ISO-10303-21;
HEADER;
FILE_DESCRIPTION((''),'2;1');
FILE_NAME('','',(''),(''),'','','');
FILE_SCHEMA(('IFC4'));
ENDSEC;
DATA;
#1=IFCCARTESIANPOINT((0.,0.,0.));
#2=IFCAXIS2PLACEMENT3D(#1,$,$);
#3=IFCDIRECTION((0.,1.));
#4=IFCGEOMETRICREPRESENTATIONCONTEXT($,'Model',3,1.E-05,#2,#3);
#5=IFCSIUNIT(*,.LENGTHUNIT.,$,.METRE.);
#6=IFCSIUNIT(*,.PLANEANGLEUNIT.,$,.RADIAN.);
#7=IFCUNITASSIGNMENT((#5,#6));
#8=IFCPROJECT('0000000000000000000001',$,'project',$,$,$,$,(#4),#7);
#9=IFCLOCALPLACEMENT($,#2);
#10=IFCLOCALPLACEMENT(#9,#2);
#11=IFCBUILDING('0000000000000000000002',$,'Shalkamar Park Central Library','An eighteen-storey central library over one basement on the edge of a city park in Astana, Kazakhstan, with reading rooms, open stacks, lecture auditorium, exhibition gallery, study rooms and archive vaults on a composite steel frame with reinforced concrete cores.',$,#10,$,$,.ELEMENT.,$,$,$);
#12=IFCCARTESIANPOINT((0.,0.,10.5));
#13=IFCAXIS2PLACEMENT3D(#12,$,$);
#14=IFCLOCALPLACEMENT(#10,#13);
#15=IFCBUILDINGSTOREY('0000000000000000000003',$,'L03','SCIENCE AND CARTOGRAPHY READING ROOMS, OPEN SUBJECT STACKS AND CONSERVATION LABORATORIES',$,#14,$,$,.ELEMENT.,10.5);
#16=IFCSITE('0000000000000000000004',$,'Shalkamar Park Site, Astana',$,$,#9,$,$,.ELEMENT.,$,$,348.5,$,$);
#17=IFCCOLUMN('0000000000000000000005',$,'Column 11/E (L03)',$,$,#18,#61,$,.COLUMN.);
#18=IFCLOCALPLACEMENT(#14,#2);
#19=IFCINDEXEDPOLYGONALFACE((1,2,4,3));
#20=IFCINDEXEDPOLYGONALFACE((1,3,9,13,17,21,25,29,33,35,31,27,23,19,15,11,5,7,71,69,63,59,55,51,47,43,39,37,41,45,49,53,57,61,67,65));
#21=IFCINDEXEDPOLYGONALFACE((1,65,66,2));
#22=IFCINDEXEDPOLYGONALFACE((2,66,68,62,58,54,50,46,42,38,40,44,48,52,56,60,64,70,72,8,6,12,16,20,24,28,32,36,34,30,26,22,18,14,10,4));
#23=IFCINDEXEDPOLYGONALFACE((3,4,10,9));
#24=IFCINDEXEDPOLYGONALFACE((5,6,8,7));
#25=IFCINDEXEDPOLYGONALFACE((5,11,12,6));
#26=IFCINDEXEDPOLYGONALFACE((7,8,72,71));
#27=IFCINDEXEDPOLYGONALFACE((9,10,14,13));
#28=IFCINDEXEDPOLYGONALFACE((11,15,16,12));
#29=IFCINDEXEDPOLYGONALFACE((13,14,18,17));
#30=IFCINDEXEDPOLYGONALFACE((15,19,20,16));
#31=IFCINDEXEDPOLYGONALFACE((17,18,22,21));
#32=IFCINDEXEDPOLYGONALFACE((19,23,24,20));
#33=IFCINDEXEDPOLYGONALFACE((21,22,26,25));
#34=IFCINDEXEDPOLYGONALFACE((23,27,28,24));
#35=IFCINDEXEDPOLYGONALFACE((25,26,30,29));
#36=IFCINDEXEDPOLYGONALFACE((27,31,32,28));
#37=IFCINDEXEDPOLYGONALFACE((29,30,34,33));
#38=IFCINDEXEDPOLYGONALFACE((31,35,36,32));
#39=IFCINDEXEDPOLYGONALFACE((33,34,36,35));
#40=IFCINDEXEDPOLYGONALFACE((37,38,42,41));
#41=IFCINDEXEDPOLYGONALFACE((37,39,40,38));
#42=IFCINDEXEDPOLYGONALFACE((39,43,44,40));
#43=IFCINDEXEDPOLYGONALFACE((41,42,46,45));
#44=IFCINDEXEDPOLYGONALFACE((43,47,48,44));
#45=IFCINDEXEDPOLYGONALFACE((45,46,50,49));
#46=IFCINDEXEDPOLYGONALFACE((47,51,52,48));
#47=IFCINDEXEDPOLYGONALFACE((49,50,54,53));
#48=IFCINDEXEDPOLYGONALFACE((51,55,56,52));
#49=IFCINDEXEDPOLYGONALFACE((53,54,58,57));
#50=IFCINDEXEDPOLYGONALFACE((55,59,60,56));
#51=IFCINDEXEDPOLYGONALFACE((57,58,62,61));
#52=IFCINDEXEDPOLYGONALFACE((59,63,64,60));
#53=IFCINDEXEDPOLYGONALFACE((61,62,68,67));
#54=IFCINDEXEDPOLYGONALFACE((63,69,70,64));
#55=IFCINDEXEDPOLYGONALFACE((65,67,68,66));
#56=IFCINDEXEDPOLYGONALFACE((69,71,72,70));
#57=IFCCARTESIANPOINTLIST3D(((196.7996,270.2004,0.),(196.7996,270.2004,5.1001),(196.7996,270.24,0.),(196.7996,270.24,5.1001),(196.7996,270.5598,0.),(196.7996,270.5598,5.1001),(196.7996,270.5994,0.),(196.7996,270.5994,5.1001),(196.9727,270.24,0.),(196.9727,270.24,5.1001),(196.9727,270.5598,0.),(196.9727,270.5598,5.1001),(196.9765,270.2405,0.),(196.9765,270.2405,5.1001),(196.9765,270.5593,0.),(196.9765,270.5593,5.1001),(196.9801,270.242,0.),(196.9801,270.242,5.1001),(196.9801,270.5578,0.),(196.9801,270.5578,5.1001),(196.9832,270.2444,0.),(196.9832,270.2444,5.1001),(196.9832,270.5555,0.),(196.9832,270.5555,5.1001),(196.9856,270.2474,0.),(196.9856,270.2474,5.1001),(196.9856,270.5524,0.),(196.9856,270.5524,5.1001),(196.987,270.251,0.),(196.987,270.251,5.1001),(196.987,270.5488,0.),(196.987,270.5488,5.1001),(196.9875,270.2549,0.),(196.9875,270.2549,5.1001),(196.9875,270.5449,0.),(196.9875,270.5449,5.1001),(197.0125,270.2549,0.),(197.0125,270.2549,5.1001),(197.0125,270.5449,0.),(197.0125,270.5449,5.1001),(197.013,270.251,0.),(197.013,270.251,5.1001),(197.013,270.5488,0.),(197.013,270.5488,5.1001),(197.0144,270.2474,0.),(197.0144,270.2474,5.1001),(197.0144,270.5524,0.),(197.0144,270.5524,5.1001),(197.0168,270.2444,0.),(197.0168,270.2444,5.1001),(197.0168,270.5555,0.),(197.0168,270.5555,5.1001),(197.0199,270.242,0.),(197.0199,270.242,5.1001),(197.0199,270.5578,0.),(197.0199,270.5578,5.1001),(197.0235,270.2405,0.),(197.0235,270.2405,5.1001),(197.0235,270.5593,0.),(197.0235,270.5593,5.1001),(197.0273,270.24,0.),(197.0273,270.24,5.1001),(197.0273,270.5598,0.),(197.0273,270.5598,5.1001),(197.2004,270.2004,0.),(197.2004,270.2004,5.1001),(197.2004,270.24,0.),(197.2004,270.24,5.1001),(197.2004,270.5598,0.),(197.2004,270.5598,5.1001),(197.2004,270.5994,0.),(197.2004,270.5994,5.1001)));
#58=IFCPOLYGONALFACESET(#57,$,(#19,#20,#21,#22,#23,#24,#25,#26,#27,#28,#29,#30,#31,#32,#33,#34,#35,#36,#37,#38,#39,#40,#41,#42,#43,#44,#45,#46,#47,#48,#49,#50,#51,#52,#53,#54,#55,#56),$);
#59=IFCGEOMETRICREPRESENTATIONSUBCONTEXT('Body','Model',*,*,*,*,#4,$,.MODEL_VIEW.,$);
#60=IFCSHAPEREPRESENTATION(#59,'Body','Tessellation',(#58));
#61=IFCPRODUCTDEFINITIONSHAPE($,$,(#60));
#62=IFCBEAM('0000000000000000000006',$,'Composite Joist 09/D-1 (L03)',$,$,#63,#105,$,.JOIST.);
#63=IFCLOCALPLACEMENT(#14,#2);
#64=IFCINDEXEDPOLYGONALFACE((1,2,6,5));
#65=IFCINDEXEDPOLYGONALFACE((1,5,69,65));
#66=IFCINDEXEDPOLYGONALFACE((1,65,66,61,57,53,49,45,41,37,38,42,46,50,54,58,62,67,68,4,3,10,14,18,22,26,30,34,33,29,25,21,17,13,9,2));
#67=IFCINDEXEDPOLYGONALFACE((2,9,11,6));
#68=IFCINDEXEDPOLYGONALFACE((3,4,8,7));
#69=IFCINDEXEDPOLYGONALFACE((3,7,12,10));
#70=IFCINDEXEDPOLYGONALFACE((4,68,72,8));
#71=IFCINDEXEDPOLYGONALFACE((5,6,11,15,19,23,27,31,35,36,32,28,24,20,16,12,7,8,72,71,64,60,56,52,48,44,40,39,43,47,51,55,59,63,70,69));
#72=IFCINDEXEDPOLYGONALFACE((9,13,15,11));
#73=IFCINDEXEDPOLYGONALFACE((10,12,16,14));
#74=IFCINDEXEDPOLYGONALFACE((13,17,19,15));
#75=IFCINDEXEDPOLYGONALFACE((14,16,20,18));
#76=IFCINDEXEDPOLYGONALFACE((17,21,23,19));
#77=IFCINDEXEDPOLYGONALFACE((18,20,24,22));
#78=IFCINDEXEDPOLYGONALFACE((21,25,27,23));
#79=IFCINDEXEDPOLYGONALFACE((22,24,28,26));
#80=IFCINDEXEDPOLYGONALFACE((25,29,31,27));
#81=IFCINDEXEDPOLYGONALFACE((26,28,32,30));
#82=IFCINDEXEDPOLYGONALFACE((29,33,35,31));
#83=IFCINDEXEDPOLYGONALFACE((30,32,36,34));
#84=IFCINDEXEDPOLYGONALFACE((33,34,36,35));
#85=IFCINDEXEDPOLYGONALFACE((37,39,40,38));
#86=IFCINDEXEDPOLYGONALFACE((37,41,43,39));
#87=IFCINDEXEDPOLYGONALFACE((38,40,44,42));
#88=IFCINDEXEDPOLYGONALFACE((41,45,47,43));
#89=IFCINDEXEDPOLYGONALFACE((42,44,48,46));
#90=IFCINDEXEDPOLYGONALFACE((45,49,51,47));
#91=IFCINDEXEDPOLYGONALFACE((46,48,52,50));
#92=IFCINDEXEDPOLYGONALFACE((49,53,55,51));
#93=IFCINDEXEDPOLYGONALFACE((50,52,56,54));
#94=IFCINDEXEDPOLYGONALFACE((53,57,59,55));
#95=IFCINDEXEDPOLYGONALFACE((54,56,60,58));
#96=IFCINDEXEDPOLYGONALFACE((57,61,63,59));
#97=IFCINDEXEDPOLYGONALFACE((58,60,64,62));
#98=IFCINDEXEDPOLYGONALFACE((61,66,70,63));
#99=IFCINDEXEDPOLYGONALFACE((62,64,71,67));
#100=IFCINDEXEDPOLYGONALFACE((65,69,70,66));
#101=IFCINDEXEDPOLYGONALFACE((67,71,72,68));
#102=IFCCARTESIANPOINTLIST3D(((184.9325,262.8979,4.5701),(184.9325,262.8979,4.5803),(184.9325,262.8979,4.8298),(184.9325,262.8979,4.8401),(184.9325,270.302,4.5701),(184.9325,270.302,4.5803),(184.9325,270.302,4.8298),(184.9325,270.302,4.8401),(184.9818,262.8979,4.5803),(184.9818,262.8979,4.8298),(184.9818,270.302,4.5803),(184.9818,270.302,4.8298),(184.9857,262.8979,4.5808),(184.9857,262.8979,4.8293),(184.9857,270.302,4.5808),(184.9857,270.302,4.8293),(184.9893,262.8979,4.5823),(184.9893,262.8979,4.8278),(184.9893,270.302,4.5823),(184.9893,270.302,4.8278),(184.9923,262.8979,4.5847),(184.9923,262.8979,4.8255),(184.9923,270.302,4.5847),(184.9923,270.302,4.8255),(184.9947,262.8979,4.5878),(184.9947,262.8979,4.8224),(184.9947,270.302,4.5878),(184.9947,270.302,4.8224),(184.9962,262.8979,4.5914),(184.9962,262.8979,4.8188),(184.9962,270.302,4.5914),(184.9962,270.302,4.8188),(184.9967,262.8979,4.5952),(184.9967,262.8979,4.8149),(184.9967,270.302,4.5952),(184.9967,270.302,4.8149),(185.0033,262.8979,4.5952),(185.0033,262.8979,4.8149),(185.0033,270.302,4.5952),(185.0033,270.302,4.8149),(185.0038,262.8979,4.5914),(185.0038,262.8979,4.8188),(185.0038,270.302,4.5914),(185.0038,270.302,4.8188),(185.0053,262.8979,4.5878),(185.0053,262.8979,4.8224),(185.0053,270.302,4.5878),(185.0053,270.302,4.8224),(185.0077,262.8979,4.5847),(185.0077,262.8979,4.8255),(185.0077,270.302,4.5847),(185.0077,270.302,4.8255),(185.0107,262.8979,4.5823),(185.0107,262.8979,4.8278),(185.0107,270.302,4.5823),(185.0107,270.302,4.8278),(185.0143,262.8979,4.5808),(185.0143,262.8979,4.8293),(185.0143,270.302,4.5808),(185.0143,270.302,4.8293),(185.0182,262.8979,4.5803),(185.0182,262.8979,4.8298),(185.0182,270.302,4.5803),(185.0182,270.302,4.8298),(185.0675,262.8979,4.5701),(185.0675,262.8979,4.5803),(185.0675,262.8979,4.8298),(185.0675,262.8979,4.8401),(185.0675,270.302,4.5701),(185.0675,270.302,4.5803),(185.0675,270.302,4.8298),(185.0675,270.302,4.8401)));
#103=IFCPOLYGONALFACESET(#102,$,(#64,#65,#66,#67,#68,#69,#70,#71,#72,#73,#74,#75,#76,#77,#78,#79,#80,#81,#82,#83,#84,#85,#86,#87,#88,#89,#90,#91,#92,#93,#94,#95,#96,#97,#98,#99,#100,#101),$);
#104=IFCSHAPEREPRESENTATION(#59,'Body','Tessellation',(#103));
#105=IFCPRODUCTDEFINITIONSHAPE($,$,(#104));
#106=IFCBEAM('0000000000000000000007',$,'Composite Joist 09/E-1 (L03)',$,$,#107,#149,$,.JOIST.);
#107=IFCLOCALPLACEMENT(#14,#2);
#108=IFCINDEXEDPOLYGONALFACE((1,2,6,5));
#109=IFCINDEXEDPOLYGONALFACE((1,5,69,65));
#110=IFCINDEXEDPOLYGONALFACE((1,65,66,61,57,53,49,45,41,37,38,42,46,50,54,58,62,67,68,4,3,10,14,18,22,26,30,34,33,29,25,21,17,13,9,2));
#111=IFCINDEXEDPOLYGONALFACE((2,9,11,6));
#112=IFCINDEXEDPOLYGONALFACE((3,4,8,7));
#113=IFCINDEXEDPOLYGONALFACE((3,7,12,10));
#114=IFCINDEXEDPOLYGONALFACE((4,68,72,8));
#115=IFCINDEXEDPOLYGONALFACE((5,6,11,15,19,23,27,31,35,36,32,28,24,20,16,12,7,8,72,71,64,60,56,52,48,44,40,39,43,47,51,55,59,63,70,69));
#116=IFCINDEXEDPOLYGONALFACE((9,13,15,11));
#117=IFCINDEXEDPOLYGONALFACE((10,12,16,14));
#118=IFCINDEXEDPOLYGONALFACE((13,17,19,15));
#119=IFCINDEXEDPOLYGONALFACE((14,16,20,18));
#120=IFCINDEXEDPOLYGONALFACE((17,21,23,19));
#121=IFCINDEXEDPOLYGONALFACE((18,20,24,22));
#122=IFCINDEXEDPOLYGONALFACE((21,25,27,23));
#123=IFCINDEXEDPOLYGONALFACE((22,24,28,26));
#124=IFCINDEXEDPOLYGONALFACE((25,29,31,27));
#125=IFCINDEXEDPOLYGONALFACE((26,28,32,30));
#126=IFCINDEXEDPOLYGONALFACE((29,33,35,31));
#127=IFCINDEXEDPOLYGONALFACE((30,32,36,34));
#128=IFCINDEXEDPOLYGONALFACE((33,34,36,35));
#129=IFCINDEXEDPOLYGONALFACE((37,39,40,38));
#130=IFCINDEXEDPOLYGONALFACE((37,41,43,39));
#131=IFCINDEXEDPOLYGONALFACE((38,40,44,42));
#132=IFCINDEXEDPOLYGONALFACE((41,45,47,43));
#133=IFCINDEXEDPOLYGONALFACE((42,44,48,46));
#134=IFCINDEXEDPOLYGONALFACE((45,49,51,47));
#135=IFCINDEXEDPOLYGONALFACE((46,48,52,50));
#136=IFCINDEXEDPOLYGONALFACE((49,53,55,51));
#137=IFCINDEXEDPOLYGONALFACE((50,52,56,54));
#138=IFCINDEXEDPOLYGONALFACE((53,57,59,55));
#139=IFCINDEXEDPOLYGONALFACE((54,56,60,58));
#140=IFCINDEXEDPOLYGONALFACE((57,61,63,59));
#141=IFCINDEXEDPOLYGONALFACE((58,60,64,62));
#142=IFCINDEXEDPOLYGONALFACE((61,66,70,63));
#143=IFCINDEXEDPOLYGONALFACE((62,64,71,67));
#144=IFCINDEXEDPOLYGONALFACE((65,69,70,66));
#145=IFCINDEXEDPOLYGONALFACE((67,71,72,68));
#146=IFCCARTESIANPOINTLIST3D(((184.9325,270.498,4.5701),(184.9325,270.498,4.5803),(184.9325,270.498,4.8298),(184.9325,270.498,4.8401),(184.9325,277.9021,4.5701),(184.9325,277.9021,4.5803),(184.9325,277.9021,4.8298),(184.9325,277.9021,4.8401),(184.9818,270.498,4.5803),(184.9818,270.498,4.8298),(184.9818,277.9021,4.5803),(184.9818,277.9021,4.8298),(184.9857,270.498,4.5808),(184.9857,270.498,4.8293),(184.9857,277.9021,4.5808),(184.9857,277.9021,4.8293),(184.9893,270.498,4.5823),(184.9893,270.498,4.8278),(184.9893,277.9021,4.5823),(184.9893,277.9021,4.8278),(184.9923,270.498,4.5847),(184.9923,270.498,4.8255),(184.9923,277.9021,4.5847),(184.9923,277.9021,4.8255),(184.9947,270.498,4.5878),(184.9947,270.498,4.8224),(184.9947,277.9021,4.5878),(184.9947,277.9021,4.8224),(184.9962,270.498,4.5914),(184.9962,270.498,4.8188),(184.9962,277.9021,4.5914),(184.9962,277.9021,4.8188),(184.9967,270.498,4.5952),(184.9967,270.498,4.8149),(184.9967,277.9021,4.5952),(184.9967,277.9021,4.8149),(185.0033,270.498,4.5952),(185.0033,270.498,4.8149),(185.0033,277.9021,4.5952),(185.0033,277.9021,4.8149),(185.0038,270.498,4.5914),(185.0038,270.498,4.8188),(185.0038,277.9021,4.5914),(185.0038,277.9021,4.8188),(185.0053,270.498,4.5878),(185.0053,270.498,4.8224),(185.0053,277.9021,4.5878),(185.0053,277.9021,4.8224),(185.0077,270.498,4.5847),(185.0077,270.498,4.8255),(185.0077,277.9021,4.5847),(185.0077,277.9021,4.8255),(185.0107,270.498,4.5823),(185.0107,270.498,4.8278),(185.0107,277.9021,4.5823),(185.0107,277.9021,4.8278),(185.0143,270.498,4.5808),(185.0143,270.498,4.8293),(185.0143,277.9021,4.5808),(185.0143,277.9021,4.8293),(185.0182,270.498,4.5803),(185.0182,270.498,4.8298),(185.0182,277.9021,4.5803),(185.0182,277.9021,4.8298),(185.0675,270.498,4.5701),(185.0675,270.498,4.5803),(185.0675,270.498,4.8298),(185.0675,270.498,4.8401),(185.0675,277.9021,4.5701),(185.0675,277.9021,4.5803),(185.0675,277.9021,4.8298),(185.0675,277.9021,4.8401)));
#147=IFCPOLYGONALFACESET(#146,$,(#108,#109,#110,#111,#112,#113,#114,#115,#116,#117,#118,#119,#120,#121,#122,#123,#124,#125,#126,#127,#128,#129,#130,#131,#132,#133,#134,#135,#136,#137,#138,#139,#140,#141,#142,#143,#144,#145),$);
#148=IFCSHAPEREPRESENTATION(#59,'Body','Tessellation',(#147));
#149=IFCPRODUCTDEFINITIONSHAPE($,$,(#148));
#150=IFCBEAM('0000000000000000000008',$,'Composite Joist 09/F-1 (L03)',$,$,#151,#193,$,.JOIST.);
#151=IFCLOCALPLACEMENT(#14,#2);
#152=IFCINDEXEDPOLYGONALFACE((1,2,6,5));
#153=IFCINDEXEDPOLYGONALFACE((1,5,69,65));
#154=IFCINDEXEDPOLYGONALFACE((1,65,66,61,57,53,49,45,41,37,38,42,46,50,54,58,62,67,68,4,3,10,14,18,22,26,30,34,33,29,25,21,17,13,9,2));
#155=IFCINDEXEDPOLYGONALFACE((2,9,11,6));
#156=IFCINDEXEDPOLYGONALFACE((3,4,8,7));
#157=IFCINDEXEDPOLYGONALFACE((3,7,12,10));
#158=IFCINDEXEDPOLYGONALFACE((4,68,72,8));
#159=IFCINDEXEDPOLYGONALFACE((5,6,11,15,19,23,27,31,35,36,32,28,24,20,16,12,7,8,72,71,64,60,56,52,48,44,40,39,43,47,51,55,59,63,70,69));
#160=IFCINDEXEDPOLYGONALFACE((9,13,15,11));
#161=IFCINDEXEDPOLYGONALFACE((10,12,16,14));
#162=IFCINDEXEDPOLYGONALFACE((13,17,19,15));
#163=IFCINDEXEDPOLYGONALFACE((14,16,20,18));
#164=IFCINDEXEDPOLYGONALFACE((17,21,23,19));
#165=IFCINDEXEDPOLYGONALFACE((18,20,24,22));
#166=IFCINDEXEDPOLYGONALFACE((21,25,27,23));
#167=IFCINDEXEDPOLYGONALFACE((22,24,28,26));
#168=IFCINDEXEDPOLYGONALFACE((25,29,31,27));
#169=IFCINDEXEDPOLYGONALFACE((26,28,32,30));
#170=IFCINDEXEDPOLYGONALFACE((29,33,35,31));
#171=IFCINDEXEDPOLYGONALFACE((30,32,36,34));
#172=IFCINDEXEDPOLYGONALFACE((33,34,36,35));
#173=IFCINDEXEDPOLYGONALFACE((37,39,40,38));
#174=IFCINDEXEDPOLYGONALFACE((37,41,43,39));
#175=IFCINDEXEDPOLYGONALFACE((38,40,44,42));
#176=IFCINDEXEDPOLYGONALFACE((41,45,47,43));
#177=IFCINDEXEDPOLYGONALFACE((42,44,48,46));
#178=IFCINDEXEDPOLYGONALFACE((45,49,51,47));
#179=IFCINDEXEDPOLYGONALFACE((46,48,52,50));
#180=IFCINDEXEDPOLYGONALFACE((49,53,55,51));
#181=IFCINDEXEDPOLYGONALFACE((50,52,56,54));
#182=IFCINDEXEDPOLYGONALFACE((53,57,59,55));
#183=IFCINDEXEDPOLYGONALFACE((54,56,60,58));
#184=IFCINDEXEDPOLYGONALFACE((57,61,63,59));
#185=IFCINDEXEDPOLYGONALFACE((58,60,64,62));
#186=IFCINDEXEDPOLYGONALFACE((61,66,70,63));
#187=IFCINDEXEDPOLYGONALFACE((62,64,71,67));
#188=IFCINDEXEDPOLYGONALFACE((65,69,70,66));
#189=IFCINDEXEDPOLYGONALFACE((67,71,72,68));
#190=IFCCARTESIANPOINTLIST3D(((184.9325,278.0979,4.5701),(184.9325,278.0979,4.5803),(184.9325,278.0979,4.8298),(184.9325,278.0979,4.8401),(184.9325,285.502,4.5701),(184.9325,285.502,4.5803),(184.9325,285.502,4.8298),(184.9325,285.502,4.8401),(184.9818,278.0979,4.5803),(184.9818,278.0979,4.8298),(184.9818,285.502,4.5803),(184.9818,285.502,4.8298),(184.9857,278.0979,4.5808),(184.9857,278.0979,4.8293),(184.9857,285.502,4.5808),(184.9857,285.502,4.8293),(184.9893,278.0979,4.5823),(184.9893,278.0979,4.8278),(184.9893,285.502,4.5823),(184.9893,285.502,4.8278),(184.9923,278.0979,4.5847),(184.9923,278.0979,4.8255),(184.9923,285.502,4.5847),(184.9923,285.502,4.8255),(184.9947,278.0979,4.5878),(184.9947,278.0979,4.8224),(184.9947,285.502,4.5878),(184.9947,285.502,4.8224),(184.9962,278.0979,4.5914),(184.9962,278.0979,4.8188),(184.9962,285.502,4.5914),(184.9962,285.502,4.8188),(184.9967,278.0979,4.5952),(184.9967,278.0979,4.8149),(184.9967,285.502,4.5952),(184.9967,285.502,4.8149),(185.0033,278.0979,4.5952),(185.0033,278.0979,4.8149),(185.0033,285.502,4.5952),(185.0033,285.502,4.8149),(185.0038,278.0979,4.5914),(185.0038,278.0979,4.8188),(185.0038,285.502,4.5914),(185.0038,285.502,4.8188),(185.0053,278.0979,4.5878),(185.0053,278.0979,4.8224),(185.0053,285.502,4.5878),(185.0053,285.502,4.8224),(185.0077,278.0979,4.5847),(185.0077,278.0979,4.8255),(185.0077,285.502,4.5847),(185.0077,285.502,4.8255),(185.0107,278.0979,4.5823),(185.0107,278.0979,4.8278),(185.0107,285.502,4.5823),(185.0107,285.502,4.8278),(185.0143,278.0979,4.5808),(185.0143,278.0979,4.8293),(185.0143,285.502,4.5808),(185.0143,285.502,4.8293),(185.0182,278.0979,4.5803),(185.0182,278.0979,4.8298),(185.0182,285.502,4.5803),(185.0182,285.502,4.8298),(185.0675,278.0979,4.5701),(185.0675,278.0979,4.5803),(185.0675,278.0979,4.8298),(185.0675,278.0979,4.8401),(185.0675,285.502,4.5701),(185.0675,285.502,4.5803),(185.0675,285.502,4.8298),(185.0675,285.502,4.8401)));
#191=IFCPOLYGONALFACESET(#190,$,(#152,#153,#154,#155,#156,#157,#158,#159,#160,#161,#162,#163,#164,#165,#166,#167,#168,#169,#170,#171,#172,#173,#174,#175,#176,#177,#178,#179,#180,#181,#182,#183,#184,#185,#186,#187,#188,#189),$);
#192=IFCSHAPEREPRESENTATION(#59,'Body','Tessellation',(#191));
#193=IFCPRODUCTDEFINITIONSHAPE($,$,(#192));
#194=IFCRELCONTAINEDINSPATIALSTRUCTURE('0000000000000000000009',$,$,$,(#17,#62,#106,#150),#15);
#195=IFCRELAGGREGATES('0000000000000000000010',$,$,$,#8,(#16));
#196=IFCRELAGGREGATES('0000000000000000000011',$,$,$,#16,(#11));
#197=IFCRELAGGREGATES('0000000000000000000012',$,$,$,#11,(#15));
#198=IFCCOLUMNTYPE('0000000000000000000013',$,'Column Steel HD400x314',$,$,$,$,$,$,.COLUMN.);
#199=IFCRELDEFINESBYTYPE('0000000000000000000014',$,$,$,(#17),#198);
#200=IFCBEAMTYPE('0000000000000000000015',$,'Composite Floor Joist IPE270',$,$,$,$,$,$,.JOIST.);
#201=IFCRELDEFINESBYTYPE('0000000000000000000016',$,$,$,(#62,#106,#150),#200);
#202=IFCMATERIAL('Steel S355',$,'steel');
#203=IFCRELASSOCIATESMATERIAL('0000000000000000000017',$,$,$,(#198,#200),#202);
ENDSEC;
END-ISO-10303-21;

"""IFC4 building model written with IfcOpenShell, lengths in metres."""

from ifc_helpers import new_model, si_unit, direction, frame, origin, origin_2d, place, context, subcontext, project, spatial, i_section, extrude, material, material_profile, profile_set, type_object, element, save


model = new_model("IFC4")

# Units and contexts
model_context = context("Model", 3, precision=1e-05, world=origin(), true_north=direction((0.0, 1.0)))
body_context = subcontext(model_context, "Body", "Model", "MODEL_VIEW")
ifc_project = project(units=[si_unit("LENGTHUNIT", "METRE"), si_unit("PLANEANGLEUNIT", "RADIAN")], contexts=[model_context])

# Site, building, storey
site_placement = place(None, origin())
site = spatial("IfcSite", under=ifc_project, at=site_placement, Name="Shalkamar Park Site, Astana", CompositionType="ELEMENT", RefElevation=348.5)
building_placement = place(site_placement, origin())
building = spatial("IfcBuilding", under=site, at=building_placement, Name="Shalkamar Park Central Library", Description="An eighteen-storey central library over one basement on the edge of a city park in Astana, Kazakhstan, with reading rooms, open stacks, lecture auditorium, exhibition gallery, study rooms and archive vaults on a composite steel frame with reinforced concrete cores.", CompositionType="ELEMENT")
storey_placement = place(building_placement, frame((0.0, 0.0, 10.5)))
storey = spatial("IfcBuildingStorey", under=building, at=storey_placement, Name="L03", Description="SCIENCE AND CARTOGRAPHY READING ROOMS, OPEN SUBJECT STACKS AND CONSERVATION LABORATORIES", CompositionType="ELEMENT", Elevation=10.5)

# Column
ifc_material = material(Name="Steel S355", Category="steel")
ifc_material_profile_1 = material_profile(ifc_material, i_section(OverallWidth=0.4009, OverallDepth=0.3989, WebThickness=0.0249, FlangeThickness=0.0396, FilletRadius=0.0149, at=origin_2d()), Name="HD 400x314")
ifc_profile_set_1 = profile_set([ifc_material_profile_1], Name="Steel S355")
column_type = type_object("IfcColumnType", Name="Column Steel HD400x314", PredefinedType="COLUMN", material=ifc_profile_set_1)
for number, where, z_axis, x_axis, name in (
    (1, (197.0, 270.3999, 0.0), (0.0, 0.0, 1.0), (1.0, 0.0, 0.0), "Column 11/E (L03)"),
):
    element("IfcColumn", number, at=place(storey_placement, frame(where, z_axis=z_axis, x_axis=x_axis)), inside=storey, type_object=column_type, Name=name, PredefinedType="COLUMN", context=body_context, shape_type="SweptSolid", body=[
        extrude(i_section(OverallWidth=0.4009, OverallDepth=0.3989, WebThickness=0.0249, FlangeThickness=0.0396, FilletRadius=0.0149, at=origin_2d()), origin(), (0.0, 0.0, 1.0), 5.1001),
    ])

# Beams
ifc_material_profile_2 = material_profile(ifc_material, i_section(OverallWidth=0.135, OverallDepth=0.27, WebThickness=0.0066, FlangeThickness=0.0103, FilletRadius=0.0149, at=origin_2d()), Name="IPE 270")
ifc_profile_set_2 = profile_set([ifc_material_profile_2], Name="Steel S355")
beam_type_1 = type_object("IfcBeamType", Name="Composite Floor Joist IPE270", PredefinedType="JOIST", material=ifc_profile_set_2)
for number, where, z_axis, x_axis, name in (
    (2, (185.0, 262.8979, 4.7051), (0.0, 1.0, 0.0), (-1.0, 0.0, 0.0), "Composite Joist 09/D-1 (L03)"),
    (3, (185.0, 270.498, 4.7051), (0.0, 1.0, 0.0), (-1.0, 0.0, 0.0), "Composite Joist 09/E-1 (L03)"),
    (4, (185.0, 278.0979, 4.7051), (0.0, 1.0, 0.0), (-1.0, 0.0, 0.0), "Composite Joist 09/F-1 (L03)"),
):
    element("IfcBeam", number, at=place(storey_placement, frame(where, z_axis=z_axis, x_axis=x_axis)), inside=storey, type_object=beam_type_1, Name=name, PredefinedType="JOIST", context=body_context, shape_type="SweptSolid", body=[
        extrude(i_section(OverallWidth=0.135, OverallDepth=0.27, WebThickness=0.0066, FlangeThickness=0.0103, FilletRadius=0.0149, at=origin_2d()), origin(), (0.0, 0.0, 1.0), 7.4041),
    ])

save(model, "model.ifc")
